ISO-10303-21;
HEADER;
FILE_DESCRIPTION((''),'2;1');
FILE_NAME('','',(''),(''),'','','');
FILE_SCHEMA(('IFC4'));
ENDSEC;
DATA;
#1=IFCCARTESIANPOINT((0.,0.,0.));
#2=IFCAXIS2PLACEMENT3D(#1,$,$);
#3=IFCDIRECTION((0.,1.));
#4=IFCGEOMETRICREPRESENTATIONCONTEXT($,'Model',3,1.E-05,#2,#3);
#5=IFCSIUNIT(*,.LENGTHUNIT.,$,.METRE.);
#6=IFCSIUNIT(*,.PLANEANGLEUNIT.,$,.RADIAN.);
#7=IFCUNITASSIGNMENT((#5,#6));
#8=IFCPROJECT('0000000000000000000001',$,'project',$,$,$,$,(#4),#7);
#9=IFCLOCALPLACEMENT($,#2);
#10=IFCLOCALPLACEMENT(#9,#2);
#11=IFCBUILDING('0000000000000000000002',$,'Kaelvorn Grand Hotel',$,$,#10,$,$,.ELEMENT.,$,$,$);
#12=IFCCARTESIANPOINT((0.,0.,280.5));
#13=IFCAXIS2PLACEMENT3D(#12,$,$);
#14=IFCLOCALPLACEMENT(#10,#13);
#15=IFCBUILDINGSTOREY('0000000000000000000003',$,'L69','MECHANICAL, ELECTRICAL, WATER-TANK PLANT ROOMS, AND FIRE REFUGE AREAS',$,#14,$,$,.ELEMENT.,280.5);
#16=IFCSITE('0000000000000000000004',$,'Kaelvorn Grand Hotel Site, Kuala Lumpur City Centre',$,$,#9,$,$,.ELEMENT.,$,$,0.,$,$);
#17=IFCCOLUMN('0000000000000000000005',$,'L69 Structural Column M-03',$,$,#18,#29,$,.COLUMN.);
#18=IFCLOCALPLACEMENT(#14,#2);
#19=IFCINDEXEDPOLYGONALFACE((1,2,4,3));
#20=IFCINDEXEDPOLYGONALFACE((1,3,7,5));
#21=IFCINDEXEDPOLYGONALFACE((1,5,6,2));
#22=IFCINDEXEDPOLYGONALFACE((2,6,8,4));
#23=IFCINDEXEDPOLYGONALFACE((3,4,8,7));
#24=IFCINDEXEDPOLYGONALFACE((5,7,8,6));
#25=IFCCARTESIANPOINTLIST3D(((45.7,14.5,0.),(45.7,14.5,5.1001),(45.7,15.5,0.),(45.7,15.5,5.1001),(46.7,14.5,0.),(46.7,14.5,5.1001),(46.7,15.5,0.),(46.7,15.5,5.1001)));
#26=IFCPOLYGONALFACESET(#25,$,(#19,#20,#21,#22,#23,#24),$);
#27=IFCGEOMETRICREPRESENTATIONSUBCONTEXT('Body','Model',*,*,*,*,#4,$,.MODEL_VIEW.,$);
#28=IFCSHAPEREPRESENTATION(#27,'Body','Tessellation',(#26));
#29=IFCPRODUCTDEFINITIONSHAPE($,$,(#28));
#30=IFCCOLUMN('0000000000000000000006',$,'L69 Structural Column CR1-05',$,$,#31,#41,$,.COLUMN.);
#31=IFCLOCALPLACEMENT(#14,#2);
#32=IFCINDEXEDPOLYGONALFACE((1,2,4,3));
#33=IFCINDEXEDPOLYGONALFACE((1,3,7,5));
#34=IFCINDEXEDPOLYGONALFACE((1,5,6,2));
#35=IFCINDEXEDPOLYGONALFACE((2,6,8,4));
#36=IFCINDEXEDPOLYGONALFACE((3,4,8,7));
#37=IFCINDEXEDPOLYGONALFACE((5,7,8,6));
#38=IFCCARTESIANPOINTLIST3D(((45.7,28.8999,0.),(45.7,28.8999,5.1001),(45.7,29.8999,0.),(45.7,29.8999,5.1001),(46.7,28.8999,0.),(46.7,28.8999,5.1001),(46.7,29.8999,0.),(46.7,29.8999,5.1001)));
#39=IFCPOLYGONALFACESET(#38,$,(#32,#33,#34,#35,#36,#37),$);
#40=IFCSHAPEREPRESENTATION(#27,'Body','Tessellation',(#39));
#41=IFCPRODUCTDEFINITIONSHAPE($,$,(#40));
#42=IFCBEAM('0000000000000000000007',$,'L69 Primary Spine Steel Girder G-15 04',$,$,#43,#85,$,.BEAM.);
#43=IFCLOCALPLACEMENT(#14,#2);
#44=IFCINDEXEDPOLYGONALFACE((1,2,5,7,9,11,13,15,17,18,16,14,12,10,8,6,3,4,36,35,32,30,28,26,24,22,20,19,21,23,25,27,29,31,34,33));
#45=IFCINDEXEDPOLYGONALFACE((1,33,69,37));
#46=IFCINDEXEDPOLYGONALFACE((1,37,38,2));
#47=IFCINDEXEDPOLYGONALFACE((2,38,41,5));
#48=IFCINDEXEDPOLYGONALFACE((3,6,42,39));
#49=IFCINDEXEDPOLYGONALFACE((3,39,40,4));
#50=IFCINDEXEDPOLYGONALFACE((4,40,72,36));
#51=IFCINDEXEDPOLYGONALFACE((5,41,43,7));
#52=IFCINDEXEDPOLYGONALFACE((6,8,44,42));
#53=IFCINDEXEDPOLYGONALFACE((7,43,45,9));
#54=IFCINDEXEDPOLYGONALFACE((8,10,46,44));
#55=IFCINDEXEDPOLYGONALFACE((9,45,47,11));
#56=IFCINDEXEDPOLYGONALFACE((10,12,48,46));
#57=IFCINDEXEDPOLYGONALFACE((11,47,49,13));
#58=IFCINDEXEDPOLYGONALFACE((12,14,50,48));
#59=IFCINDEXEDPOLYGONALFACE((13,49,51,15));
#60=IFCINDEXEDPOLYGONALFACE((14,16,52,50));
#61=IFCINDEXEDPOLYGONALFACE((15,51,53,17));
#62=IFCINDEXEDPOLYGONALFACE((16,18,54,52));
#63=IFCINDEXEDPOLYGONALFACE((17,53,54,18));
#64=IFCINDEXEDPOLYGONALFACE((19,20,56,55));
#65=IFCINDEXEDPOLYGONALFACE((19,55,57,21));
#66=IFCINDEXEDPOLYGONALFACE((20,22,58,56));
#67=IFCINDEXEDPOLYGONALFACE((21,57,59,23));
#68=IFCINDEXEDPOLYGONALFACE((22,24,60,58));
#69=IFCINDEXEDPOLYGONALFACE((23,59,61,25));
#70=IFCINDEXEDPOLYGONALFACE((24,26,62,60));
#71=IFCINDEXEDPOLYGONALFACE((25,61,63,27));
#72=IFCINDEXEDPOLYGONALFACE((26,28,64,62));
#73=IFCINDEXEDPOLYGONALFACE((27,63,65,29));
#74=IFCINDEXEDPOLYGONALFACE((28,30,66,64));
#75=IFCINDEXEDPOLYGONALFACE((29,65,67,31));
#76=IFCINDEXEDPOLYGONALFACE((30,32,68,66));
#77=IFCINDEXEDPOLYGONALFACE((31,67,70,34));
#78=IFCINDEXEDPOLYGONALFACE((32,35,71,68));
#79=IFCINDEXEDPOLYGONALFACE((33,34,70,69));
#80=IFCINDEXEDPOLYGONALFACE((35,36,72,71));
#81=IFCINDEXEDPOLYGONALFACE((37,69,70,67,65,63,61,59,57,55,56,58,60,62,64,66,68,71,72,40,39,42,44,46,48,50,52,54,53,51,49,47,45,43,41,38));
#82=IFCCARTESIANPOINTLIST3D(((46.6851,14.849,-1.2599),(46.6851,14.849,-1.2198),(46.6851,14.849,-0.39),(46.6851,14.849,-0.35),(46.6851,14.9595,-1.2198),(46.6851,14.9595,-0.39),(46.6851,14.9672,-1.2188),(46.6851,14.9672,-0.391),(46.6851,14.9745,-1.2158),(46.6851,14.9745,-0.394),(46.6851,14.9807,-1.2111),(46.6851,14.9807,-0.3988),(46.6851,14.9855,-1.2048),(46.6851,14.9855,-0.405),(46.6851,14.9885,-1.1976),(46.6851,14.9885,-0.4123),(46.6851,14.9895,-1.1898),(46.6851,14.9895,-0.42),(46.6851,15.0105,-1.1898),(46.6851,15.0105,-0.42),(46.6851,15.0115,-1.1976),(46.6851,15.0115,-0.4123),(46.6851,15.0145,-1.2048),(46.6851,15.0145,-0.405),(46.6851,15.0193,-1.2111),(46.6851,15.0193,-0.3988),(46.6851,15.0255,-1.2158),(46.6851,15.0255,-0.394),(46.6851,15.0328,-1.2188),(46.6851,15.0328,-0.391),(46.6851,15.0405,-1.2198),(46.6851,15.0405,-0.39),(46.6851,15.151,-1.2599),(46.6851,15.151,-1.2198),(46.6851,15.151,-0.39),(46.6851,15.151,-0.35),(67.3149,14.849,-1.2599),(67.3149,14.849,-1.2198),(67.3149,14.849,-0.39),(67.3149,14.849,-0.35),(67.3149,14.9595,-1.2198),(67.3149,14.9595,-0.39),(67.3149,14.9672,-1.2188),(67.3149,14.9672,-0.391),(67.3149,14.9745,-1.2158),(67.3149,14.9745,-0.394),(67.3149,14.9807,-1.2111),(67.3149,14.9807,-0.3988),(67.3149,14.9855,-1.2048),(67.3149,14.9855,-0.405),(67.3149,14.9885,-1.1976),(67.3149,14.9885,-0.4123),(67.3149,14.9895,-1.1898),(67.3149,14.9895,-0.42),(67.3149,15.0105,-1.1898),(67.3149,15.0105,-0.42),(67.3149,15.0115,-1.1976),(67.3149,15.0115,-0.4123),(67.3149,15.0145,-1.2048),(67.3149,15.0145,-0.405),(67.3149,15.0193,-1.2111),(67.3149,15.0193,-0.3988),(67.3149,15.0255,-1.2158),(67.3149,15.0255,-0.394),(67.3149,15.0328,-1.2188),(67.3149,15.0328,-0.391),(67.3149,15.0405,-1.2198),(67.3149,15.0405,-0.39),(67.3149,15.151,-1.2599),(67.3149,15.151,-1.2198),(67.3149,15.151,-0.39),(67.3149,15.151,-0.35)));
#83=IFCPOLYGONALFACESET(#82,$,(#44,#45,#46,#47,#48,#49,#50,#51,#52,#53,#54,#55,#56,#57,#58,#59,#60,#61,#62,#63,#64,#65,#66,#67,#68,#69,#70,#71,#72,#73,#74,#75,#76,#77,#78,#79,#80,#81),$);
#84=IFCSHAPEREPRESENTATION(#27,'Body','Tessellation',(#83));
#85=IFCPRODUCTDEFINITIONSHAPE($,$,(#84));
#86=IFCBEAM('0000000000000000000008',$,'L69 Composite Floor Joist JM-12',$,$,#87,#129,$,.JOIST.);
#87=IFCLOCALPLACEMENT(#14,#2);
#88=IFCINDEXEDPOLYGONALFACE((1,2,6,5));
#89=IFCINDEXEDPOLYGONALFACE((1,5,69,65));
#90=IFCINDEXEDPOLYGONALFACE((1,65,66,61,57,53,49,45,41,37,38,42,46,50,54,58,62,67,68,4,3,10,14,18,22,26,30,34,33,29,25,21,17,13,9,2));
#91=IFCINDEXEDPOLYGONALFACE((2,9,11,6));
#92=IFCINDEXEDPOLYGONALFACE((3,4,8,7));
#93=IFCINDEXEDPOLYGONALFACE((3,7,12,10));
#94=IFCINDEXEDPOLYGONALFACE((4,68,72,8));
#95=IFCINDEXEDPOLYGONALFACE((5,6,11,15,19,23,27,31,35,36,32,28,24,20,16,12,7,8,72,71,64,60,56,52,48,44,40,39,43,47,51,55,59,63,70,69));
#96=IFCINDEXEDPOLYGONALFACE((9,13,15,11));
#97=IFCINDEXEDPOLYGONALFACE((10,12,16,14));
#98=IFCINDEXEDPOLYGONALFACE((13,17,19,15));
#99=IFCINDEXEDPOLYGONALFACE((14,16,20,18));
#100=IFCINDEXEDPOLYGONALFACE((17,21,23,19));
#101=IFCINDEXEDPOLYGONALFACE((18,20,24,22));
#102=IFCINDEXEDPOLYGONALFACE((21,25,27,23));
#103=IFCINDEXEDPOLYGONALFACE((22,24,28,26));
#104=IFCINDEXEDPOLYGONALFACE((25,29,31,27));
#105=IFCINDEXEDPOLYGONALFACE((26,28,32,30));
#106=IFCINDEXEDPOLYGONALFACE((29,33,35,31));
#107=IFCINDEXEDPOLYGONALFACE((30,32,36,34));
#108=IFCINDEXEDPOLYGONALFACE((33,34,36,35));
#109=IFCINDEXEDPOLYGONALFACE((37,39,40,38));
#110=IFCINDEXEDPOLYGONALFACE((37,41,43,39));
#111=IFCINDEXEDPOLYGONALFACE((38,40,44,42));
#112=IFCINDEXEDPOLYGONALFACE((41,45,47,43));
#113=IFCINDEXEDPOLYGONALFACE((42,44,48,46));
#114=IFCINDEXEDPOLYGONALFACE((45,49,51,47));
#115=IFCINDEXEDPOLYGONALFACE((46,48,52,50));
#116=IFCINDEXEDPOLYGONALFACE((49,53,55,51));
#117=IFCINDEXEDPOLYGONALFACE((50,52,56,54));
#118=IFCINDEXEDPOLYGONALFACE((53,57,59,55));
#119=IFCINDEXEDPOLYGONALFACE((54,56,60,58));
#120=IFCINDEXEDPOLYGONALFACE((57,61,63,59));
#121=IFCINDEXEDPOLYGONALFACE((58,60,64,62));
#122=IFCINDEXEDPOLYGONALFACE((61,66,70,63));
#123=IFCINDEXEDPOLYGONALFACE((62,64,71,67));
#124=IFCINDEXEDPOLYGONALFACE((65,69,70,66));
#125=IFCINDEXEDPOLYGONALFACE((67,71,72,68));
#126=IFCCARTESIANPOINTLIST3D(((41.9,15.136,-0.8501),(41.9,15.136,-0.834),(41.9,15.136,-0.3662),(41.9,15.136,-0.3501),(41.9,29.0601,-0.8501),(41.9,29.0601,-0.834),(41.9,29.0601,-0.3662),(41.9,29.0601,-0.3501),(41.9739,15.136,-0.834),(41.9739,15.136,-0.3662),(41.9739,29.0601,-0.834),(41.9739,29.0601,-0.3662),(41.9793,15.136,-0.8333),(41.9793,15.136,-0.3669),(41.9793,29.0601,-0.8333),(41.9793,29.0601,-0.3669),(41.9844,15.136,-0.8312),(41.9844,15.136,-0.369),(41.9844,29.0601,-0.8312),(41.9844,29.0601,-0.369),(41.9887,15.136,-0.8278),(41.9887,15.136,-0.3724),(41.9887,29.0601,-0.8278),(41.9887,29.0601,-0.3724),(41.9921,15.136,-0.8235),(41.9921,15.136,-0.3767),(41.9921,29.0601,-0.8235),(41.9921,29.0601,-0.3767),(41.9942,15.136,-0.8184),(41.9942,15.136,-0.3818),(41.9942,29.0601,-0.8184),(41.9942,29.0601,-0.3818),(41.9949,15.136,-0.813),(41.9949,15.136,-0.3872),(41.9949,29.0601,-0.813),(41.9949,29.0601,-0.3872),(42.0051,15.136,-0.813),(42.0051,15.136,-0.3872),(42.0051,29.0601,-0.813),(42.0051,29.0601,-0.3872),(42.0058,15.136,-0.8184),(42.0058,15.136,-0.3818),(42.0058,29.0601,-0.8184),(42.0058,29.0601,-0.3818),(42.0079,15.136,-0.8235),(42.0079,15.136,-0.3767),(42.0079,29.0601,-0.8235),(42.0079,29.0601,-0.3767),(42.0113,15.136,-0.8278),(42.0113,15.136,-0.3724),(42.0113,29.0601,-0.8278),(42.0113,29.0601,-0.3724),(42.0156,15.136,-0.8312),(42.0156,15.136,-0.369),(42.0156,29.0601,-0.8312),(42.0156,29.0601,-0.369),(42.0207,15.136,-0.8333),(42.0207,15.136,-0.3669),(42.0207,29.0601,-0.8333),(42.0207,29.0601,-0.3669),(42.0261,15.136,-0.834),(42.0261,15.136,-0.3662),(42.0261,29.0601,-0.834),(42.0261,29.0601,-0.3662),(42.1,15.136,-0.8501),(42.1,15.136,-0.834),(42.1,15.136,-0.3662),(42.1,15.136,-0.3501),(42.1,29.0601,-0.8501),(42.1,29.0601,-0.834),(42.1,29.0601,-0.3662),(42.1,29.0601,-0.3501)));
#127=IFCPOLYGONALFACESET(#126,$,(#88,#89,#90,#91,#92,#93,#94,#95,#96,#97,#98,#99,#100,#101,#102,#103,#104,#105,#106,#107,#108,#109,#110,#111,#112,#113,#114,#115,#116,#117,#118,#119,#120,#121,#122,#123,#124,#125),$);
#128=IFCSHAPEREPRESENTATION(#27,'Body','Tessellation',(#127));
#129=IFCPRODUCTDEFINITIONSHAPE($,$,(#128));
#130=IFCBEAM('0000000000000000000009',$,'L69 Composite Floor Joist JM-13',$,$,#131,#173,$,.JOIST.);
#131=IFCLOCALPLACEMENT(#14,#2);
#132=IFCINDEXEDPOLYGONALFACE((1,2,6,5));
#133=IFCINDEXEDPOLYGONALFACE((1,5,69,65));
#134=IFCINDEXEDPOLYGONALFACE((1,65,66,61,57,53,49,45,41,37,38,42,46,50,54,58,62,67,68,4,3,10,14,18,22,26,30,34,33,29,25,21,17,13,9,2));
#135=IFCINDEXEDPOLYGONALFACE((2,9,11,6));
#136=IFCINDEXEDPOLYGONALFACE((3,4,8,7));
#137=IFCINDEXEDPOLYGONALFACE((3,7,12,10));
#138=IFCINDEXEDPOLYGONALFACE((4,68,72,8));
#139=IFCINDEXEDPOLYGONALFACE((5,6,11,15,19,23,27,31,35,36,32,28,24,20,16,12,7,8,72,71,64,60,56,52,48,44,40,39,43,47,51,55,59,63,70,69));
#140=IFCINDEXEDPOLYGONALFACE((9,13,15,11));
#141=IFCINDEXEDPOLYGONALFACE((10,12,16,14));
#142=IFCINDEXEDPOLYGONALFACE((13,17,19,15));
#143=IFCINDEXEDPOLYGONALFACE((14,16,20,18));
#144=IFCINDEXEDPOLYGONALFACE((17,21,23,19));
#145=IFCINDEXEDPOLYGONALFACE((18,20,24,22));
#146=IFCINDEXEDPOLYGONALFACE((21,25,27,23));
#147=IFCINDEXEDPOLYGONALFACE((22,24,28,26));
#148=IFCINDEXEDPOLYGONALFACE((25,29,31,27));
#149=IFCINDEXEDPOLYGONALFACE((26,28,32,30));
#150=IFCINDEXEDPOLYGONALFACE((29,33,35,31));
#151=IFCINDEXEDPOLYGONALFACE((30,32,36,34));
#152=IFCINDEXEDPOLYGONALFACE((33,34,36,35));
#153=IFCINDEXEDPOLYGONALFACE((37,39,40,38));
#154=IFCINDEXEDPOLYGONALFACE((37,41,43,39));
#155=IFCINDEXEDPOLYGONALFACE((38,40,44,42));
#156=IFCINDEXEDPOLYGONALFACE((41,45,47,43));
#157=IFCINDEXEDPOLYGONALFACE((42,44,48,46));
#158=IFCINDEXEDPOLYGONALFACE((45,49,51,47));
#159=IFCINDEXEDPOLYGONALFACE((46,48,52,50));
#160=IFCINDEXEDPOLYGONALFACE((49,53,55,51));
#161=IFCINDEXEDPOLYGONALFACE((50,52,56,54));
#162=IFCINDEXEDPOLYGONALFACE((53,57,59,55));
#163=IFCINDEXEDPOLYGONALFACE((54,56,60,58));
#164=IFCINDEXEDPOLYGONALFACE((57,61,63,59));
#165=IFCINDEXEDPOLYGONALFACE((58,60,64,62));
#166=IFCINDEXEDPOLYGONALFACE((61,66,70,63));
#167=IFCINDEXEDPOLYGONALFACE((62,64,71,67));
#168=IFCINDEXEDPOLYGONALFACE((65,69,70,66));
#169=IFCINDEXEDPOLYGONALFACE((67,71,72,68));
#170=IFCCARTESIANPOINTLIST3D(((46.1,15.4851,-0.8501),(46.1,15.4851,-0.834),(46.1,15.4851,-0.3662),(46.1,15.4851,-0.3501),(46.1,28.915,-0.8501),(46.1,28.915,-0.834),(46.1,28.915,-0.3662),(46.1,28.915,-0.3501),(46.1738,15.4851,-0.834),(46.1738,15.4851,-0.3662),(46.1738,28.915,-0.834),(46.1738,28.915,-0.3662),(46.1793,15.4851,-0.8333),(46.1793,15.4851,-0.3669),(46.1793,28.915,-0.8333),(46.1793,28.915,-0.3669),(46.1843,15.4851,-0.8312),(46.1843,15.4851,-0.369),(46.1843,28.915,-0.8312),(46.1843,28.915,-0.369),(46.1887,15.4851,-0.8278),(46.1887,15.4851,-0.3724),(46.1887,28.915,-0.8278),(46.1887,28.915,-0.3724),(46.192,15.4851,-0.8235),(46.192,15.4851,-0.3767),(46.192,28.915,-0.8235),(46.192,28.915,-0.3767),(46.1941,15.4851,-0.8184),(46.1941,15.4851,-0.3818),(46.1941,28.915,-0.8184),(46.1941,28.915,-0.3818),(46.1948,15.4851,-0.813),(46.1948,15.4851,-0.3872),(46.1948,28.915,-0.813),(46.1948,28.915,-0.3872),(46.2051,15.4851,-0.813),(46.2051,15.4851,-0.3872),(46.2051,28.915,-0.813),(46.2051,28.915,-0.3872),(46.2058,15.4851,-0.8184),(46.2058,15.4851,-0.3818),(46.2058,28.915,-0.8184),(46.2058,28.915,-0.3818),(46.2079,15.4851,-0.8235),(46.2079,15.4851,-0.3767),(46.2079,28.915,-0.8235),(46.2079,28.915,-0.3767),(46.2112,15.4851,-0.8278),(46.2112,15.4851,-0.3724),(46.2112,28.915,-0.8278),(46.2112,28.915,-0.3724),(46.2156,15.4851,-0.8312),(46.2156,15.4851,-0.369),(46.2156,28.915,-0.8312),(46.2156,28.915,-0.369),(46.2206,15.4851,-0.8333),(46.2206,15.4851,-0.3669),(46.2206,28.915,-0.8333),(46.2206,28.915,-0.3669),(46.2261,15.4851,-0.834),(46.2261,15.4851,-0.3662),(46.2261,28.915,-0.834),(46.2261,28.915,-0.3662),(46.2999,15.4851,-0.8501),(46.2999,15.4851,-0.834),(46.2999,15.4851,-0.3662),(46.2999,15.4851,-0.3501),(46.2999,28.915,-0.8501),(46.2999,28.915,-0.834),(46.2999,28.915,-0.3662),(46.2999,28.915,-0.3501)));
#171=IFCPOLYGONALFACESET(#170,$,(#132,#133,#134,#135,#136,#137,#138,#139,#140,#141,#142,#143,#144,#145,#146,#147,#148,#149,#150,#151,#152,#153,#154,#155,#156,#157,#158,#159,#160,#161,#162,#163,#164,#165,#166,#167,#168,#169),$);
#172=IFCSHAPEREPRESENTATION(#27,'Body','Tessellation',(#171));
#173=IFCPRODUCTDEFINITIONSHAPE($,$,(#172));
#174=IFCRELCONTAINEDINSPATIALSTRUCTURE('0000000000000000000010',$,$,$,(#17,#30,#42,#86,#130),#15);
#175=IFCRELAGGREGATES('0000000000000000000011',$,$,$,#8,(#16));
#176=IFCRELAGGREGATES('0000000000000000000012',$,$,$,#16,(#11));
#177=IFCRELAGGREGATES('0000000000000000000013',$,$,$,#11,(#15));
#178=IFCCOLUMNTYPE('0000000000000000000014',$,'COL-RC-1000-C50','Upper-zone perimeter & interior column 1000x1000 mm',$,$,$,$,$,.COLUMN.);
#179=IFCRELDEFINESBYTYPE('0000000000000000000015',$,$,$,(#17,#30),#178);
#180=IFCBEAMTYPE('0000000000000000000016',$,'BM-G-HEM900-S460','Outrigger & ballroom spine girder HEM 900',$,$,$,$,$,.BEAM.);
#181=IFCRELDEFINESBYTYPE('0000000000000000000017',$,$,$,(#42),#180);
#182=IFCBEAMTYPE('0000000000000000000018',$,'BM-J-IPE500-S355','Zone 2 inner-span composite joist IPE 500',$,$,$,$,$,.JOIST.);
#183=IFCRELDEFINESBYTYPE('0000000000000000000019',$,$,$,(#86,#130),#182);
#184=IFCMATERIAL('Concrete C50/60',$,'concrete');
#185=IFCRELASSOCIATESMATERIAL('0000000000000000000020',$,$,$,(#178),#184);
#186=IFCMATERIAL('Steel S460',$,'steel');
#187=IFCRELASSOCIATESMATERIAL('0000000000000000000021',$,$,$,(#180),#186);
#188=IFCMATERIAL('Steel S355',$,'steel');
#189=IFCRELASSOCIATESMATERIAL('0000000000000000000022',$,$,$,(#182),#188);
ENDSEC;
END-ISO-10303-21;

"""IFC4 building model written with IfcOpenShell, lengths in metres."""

from ifc_helpers import new_model, si_unit, direction, frame, origin, origin_2d, place, context, subcontext, project, spatial, rectangle, i_section, extrude, material, material_profile, profile_set, type_object, element, save


model = new_model("IFC4")

# Units and contexts
model_context = context("Model", 3, precision=1e-05, world=origin(), true_north=direction((0.0, 1.0)))
body_context = subcontext(model_context, "Body", "Model", "MODEL_VIEW")
ifc_project = project(units=[si_unit("LENGTHUNIT", "METRE"), si_unit("PLANEANGLEUNIT", "RADIAN")], contexts=[model_context])

# Site, building, storey
site_placement = place(None, origin())
site = spatial("IfcSite", under=ifc_project, at=site_placement, Name="Kaelvorn Grand Hotel Site, Kuala Lumpur City Centre", CompositionType="ELEMENT", RefElevation=0.0)
building_placement = place(site_placement, origin())
building = spatial("IfcBuilding", under=site, at=building_placement, Name="Kaelvorn Grand Hotel", CompositionType="ELEMENT")
storey_placement = place(building_placement, frame((0.0, 0.0, 280.5)))
storey = spatial("IfcBuildingStorey", under=building, at=storey_placement, Name="L69", Description="MECHANICAL, ELECTRICAL, WATER-TANK PLANT ROOMS, AND FIRE REFUGE AREAS", CompositionType="ELEMENT", Elevation=280.5)

# Columns
ifc_material_1 = material(Name="Concrete C50/60", Category="concrete")
ifc_material_profile_1 = material_profile(ifc_material_1, rectangle(XDim=1.0, YDim=1.0, at=origin_2d()), Name="RC COL 1000x1000")
ifc_profile_set_1 = profile_set([ifc_material_profile_1], Name="Concrete C50/60")
column_type = type_object("IfcColumnType", Name="COL-RC-1000-C50", Description="Upper-zone perimeter & interior column 1000x1000 mm", PredefinedType="COLUMN", material=ifc_profile_set_1)
for number, where, z_axis, x_axis, name in (
    (1, (46.2, 15.0, 0.0), (0.0, 0.0, 1.0), (1.0, 0.0, 0.0), "L69 Structural Column M-03"),
    (2, (46.2, 29.3999, 0.0), (0.0, 0.0, 1.0), (1.0, 0.0, 0.0), "L69 Structural Column CR1-05"),
):
    element("IfcColumn", number, at=place(storey_placement, frame(where, z_axis=z_axis, x_axis=x_axis)), inside=storey, type_object=column_type, Name=name, PredefinedType="COLUMN", context=body_context, shape_type="SweptSolid", body=[
        extrude(rectangle(XDim=1.0, YDim=1.0, at=origin_2d()), origin(), (0.0, 0.0, 1.0), 5.1001),
    ])

# Beams
ifc_material_2 = material(Name="Steel S460", Category="steel")
ifc_material_profile_2 = material_profile(ifc_material_2, i_section(OverallWidth=0.302, OverallDepth=0.9099, WebThickness=0.021, FlangeThickness=0.04, FilletRadius=0.03, at=origin_2d()), Name="HEM 900")
ifc_profile_set_2 = profile_set([ifc_material_profile_2], Name="Steel S460")
beam_type_1 = type_object("IfcBeamType", Name="BM-G-HEM900-S460", Description="Outrigger & ballroom spine girder HEM 900", PredefinedType="BEAM", material=ifc_profile_set_2)
beam_1_placement = place(storey_placement, frame((46.6851, 15.0, -0.8049), z_axis=(1.0, 0.0, 0.0), x_axis=(0.0, 1.0, 0.0)))
element("IfcBeam", 3, at=beam_1_placement, inside=storey, type_object=beam_type_1, Name="L69 Primary Spine Steel Girder G-15 04", PredefinedType="BEAM", context=body_context, shape_type="SweptSolid", body=[
    extrude(i_section(OverallWidth=0.302, OverallDepth=0.9099, WebThickness=0.021, FlangeThickness=0.04, FilletRadius=0.03, at=origin_2d()), origin(), (0.0, 0.0, 1.0), 20.6299),
])
ifc_material_3 = material(Name="Steel S355", Category="steel")
ifc_material_profile_3 = material_profile(ifc_material_3, i_section(OverallWidth=0.2, OverallDepth=0.5, WebThickness=0.0103, FlangeThickness=0.0161, FilletRadius=0.021, at=origin_2d()), Name="IPE 500")
ifc_profile_set_3 = profile_set([ifc_material_profile_3], Name="Steel S355")
beam_type_2 = type_object("IfcBeamType", Name="BM-J-IPE500-S355", Description="Zone 2 inner-span composite joist IPE 500", PredefinedType="JOIST", material=ifc_profile_set_3)
beam_2_placement = place(storey_placement, frame((42.0, 15.136, -0.6001), z_axis=(0.0, 1.0, 0.0), x_axis=(-1.0, 0.0, 0.0)))
element("IfcBeam", 4, at=beam_2_placement, inside=storey, type_object=beam_type_2, Name="L69 Composite Floor Joist JM-12", PredefinedType="JOIST", context=body_context, shape_type="SweptSolid", body=[
    extrude(i_section(OverallWidth=0.2, OverallDepth=0.5, WebThickness=0.0103, FlangeThickness=0.0161, FilletRadius=0.021, at=origin_2d()), origin(), (0.0, 0.0, 1.0), 13.9241),
])
beam_3_placement = place(storey_placement, frame((46.2, 15.4851, -0.6001), z_axis=(0.0, 1.0, 0.0), x_axis=(-1.0, 0.0, 0.0)))
element("IfcBeam", 5, at=beam_3_placement, inside=storey, type_object=beam_type_2, Name="L69 Composite Floor Joist JM-13", PredefinedType="JOIST", context=body_context, shape_type="SweptSolid", body=[
    extrude(i_section(OverallWidth=0.2, OverallDepth=0.5, WebThickness=0.0103, FlangeThickness=0.0161, FilletRadius=0.021, at=origin_2d()), origin(), (0.0, 0.0, 1.0), 13.4299),
])

save(model, "model.ifc")
